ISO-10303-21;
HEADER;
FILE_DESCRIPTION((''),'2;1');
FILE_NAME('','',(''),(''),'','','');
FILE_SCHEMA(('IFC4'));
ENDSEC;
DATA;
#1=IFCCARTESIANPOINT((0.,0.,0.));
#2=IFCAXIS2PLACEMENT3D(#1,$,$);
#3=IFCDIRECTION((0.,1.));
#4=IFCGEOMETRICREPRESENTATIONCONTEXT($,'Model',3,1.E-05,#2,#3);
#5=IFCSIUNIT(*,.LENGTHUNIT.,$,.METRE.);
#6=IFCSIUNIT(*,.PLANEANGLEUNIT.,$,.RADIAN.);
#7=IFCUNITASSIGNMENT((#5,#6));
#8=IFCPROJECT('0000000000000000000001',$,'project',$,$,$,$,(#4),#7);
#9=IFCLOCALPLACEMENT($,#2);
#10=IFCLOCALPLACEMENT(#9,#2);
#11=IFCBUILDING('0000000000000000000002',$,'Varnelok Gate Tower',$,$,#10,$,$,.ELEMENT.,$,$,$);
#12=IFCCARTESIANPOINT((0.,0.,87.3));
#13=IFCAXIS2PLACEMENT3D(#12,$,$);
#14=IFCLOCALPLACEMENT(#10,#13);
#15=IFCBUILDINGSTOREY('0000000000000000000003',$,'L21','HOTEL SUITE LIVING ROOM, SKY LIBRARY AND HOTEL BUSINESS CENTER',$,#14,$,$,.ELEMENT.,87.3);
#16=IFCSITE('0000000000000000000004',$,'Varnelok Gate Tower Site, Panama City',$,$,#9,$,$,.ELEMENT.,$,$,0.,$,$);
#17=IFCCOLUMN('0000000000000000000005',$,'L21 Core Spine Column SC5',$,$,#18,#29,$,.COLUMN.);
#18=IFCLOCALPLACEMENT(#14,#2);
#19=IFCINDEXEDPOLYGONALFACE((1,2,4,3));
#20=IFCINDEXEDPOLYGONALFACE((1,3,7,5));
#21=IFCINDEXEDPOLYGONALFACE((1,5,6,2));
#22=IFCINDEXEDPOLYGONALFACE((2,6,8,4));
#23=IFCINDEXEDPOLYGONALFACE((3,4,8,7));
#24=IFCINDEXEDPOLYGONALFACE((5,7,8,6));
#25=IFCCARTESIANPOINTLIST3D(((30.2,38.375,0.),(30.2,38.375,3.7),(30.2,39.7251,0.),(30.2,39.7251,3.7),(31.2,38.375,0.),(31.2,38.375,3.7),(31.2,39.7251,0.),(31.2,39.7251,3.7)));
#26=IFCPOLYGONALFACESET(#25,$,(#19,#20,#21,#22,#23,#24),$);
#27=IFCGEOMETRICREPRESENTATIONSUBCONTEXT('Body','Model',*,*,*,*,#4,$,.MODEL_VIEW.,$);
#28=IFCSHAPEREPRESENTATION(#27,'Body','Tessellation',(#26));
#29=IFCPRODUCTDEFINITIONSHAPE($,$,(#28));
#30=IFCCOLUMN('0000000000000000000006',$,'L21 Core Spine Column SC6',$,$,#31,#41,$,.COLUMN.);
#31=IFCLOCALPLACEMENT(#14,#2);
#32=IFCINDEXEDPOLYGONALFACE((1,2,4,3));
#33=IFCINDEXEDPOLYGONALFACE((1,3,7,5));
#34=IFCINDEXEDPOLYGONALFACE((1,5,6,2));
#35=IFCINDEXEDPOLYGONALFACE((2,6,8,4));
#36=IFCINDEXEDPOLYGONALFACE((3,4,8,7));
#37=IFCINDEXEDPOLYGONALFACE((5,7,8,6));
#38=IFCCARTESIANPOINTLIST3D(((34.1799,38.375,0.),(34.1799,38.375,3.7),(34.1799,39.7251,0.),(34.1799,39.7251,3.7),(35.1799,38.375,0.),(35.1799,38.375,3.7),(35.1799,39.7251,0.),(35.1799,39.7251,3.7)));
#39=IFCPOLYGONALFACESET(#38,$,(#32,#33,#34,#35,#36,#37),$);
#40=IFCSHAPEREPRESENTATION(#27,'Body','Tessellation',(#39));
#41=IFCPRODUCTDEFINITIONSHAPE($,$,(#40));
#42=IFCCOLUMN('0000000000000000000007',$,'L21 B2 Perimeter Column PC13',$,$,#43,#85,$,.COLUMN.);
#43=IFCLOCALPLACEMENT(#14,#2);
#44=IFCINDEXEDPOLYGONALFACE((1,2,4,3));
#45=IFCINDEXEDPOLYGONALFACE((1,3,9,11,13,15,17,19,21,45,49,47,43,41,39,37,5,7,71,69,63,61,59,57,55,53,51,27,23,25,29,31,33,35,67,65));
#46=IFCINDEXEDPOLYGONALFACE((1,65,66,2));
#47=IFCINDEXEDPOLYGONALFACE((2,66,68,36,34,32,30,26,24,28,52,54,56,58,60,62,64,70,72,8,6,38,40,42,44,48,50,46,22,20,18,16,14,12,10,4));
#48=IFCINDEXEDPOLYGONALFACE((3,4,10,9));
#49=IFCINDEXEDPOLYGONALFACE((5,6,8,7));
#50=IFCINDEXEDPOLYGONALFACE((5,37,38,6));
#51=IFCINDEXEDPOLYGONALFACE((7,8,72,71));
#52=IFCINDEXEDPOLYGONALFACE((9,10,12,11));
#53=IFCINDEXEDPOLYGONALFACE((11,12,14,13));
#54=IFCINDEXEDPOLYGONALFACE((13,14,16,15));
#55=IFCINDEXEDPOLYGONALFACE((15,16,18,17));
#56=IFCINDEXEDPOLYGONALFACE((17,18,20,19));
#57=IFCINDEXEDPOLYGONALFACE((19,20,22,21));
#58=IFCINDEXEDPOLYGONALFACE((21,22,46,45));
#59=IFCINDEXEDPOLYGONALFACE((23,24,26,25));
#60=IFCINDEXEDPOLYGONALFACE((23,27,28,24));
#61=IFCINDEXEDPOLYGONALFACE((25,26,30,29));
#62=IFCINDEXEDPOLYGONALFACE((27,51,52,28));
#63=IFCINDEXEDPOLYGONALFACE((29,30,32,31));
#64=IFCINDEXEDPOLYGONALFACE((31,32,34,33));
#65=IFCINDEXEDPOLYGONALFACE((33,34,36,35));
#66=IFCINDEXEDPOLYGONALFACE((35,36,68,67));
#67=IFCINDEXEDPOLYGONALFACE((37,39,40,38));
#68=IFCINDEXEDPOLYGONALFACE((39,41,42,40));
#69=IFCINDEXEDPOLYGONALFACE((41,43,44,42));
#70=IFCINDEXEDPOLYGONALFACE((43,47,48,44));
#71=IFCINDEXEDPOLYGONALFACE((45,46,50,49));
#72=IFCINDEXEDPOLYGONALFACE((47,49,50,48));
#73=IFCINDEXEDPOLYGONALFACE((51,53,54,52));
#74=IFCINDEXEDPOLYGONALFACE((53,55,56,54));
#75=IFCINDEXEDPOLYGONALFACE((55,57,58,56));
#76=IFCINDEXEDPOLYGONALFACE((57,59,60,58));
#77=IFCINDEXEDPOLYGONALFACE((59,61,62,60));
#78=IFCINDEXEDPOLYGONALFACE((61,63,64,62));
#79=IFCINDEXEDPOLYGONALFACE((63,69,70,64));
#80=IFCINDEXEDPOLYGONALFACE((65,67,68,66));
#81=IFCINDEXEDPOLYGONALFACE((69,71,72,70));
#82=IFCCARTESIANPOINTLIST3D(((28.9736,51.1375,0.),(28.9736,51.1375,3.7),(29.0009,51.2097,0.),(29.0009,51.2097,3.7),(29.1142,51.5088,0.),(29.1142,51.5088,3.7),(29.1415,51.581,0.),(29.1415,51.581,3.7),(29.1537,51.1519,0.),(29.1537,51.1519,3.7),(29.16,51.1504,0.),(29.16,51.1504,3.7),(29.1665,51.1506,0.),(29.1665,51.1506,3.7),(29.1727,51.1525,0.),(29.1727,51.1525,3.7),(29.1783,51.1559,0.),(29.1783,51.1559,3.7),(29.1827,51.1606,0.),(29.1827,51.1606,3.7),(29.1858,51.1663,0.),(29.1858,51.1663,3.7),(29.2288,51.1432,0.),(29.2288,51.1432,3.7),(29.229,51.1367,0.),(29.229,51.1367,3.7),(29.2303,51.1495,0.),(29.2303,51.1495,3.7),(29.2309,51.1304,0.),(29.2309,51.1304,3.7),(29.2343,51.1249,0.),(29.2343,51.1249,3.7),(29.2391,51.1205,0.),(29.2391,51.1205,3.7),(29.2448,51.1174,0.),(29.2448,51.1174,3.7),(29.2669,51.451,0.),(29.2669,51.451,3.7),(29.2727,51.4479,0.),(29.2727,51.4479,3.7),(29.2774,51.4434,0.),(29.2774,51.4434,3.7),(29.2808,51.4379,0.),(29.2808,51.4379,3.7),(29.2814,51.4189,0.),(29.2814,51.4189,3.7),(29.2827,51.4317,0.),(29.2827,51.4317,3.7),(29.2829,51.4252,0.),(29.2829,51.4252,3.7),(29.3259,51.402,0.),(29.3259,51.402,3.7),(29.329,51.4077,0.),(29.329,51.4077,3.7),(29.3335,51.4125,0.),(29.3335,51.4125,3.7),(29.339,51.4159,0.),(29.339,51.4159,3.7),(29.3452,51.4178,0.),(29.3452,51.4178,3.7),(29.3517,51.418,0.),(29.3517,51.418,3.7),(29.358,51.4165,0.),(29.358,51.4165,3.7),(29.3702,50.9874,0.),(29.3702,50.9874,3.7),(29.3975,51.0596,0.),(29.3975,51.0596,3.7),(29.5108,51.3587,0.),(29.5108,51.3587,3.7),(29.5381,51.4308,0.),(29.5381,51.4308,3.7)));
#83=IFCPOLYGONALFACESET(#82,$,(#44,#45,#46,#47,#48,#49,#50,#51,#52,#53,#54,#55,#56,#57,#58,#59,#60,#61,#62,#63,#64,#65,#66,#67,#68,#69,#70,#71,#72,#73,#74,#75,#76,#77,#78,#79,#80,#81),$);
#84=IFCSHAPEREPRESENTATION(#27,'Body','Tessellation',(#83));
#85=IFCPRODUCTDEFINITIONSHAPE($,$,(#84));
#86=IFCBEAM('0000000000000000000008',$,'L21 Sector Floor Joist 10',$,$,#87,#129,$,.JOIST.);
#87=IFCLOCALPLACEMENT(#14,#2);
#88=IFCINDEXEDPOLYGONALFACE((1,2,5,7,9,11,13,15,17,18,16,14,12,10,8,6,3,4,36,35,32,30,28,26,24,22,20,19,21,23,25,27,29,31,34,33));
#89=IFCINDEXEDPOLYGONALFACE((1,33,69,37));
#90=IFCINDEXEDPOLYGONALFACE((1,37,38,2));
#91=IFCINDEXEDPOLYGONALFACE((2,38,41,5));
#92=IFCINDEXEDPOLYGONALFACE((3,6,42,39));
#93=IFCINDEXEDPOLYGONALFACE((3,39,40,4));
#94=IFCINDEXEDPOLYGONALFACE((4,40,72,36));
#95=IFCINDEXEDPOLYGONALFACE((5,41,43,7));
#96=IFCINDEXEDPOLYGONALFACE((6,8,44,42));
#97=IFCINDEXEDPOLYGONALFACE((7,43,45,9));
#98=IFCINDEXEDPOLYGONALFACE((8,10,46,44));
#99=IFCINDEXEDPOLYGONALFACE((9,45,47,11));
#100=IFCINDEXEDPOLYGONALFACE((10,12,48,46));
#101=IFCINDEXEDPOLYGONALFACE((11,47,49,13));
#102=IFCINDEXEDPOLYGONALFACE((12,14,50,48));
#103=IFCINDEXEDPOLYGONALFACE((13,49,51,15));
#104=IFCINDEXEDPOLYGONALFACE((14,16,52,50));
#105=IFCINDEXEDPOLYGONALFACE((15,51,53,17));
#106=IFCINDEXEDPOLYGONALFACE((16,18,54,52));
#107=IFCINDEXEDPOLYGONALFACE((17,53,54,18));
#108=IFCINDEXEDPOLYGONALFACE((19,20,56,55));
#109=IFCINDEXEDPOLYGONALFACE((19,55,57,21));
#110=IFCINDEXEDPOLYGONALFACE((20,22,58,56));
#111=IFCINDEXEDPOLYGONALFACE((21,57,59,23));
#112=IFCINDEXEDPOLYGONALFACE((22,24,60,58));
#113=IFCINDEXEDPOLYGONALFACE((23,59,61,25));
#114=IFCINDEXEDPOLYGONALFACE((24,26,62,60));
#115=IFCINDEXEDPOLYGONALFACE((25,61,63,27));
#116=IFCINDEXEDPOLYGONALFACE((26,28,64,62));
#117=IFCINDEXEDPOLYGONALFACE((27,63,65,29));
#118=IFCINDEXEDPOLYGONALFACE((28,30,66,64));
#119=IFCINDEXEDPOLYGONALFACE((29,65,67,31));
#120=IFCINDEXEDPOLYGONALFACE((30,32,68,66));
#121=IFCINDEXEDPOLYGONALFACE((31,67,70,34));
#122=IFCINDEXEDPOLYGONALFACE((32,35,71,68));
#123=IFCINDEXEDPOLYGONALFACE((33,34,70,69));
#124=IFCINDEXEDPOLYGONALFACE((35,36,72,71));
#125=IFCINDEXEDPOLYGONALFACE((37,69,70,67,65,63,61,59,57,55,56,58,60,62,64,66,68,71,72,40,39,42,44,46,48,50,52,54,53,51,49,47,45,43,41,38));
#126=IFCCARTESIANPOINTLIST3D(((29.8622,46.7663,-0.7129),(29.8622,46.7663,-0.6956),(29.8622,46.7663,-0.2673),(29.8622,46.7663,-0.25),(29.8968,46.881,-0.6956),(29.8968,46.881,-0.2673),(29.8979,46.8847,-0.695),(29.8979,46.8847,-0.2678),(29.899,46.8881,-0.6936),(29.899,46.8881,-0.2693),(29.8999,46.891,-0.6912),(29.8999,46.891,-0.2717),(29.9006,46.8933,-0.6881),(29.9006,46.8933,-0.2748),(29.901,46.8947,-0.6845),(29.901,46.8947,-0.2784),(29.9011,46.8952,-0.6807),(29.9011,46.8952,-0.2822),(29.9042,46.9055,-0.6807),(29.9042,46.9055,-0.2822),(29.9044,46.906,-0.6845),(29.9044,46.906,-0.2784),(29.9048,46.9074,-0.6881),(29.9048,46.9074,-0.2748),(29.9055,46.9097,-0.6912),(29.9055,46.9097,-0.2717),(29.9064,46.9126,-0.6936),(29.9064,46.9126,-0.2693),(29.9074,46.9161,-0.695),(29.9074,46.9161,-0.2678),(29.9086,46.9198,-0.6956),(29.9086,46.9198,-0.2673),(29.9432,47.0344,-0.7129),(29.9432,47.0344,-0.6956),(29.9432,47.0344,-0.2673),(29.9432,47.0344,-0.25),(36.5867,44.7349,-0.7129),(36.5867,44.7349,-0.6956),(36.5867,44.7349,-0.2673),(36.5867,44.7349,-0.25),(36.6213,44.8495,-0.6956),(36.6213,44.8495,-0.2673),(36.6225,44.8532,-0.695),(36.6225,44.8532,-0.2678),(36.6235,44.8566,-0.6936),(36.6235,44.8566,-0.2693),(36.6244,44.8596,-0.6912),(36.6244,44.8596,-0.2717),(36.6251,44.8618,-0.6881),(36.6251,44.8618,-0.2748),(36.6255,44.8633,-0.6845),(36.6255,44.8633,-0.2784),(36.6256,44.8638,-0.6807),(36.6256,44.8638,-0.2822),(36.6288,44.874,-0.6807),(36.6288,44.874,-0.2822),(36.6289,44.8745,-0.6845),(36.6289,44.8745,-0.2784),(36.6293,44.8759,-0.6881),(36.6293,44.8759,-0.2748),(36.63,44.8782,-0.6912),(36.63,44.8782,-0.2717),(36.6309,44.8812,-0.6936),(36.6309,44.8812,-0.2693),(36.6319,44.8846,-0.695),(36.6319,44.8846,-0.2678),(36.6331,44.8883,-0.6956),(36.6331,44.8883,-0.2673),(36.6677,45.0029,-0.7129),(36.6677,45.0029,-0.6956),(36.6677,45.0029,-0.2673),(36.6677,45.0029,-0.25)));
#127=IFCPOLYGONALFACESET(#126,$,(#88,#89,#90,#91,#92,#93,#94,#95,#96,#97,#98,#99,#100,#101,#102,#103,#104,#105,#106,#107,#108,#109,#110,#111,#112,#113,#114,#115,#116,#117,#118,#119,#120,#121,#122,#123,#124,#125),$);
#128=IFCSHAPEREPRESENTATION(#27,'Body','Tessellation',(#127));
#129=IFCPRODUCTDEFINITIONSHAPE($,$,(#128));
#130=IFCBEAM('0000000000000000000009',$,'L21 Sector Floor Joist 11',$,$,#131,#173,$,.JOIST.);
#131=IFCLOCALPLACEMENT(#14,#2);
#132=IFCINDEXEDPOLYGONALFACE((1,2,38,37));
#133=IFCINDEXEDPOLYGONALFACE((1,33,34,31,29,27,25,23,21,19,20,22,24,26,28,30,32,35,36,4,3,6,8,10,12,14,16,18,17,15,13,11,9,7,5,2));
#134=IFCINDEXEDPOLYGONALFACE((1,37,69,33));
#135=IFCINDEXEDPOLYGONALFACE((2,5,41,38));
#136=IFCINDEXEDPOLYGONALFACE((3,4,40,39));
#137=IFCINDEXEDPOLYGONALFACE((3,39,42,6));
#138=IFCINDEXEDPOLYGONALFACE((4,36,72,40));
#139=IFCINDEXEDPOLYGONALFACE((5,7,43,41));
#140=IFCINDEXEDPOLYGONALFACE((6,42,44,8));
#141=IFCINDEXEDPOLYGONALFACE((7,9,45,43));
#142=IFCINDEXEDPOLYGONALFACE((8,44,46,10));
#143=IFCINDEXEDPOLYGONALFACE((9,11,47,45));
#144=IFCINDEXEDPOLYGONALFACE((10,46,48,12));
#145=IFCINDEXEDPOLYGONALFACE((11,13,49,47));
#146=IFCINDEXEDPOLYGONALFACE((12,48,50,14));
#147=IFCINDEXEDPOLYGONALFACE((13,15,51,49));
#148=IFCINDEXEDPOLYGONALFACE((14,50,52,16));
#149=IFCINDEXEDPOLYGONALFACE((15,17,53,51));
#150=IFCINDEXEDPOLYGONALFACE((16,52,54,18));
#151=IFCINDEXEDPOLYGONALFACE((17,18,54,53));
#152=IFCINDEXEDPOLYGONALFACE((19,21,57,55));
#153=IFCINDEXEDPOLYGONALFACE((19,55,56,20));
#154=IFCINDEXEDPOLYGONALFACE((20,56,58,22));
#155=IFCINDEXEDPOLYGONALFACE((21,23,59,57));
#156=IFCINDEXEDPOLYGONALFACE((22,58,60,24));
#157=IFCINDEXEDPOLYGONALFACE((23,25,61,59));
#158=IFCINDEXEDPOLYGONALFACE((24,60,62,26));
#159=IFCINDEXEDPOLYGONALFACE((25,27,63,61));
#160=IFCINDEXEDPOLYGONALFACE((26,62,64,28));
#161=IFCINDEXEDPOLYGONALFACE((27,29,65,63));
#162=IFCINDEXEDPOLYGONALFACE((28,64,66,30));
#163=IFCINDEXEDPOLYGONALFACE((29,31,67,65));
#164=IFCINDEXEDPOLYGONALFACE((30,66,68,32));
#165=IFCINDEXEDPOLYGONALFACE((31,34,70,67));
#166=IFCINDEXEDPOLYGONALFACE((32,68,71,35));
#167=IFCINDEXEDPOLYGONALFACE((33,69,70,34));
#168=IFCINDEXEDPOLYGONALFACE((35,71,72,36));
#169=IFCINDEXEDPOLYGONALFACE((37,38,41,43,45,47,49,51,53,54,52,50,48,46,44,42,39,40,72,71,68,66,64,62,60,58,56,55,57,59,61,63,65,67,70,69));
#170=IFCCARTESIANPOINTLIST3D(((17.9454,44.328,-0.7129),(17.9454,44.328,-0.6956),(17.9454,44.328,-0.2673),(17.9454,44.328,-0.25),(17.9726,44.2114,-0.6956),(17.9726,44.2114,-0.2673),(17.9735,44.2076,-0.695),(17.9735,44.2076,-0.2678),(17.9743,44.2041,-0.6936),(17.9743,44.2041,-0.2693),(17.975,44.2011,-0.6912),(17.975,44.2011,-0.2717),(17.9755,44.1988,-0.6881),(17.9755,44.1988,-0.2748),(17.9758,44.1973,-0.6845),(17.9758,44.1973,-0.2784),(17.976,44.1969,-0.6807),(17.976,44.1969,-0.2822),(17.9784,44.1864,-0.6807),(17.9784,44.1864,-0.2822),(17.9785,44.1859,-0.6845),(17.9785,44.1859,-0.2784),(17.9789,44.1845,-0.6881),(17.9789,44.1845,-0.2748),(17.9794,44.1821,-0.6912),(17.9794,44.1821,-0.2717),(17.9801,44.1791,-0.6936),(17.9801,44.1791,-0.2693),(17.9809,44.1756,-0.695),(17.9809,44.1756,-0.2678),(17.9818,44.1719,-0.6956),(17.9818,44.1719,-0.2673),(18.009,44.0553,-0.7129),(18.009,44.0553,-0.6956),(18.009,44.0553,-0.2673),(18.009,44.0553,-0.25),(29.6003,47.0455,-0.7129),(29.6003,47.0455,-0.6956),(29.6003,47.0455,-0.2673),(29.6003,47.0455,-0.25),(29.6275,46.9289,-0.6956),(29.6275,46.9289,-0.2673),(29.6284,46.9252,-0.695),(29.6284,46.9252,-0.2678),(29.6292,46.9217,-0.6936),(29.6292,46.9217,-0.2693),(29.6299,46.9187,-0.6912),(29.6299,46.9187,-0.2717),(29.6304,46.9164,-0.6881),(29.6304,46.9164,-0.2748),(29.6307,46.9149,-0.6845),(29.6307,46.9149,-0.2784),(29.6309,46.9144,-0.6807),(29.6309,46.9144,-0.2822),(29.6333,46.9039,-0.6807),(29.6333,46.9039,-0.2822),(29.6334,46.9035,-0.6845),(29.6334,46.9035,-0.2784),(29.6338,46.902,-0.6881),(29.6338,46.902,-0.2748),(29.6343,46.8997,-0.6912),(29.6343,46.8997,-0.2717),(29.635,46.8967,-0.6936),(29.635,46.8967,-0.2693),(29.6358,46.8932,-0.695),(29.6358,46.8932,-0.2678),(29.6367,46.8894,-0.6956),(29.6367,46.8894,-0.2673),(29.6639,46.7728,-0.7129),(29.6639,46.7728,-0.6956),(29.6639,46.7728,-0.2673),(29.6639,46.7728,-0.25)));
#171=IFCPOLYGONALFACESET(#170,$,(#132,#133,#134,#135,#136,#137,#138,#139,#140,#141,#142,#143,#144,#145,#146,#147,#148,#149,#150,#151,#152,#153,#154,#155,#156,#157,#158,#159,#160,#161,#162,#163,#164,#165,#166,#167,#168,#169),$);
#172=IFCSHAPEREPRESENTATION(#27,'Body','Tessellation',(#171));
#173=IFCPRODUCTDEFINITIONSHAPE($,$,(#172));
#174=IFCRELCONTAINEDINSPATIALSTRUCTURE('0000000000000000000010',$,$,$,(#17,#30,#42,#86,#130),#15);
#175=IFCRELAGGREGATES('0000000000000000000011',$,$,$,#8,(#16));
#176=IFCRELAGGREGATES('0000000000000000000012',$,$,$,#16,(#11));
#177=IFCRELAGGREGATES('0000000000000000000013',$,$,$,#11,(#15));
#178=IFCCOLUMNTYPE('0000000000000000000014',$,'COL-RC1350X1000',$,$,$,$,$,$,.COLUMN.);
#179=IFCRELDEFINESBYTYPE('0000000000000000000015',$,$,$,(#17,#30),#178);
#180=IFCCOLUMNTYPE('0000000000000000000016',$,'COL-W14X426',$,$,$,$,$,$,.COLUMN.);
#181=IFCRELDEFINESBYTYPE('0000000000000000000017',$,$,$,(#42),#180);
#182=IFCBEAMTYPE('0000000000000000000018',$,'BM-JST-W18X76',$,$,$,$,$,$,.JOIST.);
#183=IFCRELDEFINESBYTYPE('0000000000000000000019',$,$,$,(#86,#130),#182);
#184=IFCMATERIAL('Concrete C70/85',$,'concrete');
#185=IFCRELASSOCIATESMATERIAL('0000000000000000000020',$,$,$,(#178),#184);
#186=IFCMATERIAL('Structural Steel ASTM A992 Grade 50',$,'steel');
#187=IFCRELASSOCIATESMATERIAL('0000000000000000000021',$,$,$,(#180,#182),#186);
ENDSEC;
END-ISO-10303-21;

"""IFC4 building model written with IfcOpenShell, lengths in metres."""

from ifc_helpers import new_model, si_unit, direction, frame, origin, origin_2d, place, context, subcontext, project, spatial, rectangle, i_section, extrude, material, material_profile, profile_set, type_object, element, save


model = new_model("IFC4")

# Units and contexts
model_context = context("Model", 3, precision=1e-05, world=origin(), true_north=direction((0.0, 1.0)))
body_context = subcontext(model_context, "Body", "Model", "MODEL_VIEW")
ifc_project = project(units=[si_unit("LENGTHUNIT", "METRE"), si_unit("PLANEANGLEUNIT", "RADIAN")], contexts=[model_context])

# Site, building, storey
site_placement = place(None, origin())
site = spatial("IfcSite", under=ifc_project, at=site_placement, Name="Varnelok Gate Tower Site, Panama City", CompositionType="ELEMENT", RefElevation=0.0)
building_placement = place(site_placement, origin())
building = spatial("IfcBuilding", under=site, at=building_placement, Name="Varnelok Gate Tower", CompositionType="ELEMENT")
storey_placement = place(building_placement, frame((0.0, 0.0, 87.3)))
storey = spatial("IfcBuildingStorey", under=building, at=storey_placement, Name="L21", Description="HOTEL SUITE LIVING ROOM, SKY LIBRARY AND HOTEL BUSINESS CENTER", CompositionType="ELEMENT", Elevation=87.3)

# Columns
ifc_material_1 = material(Name="Concrete C70/85", Category="concrete")
ifc_material_profile_1 = material_profile(ifc_material_1, rectangle(XDim=1.0, YDim=1.3501, at=origin_2d()), Name="RC1350X1000")
ifc_profile_set_1 = profile_set([ifc_material_profile_1], Name="Concrete C70/85")
column_type_1 = type_object("IfcColumnType", Name="COL-RC1350X1000", PredefinedType="COLUMN", material=ifc_profile_set_1)
for number, where, z_axis, x_axis, name in (
    (1, (30.7, 39.05, 0.0), (0.0, 0.0, 1.0), (1.0, 0.0, 0.0), "L21 Core Spine Column SC5"),
    (2, (34.6799, 39.05, 0.0), (0.0, 0.0, 1.0), (1.0, 0.0, 0.0), "L21 Core Spine Column SC6"),
):
    element("IfcColumn", number, at=place(storey_placement, frame(where, z_axis=z_axis, x_axis=x_axis)), inside=storey, type_object=column_type_1, Name=name, PredefinedType="COLUMN", context=body_context, shape_type="SweptSolid", body=[
        extrude(rectangle(XDim=1.0, YDim=1.3501, at=origin_2d()), origin(), (0.0, 0.0, 1.0), 3.7),
    ])
ifc_material_2 = material(Name="Structural Steel ASTM A992 Grade 50", Category="steel")
ifc_material_profile_2 = material_profile(ifc_material_2, i_section(OverallWidth=0.4241, OverallDepth=0.4741, WebThickness=0.0476, FlangeThickness=0.0771, FilletRadius=0.0249, at=origin_2d()), Name="W14X426")
ifc_profile_set_2 = profile_set([ifc_material_profile_2], Name="Structural Steel ASTM A992 Grade 50")
column_type_2 = type_object("IfcColumnType", Name="COL-W14X426", PredefinedType="COLUMN", material=ifc_profile_set_2)
column_placement = place(storey_placement, frame((29.2559, 51.2842, 0.0), z_axis=(0.0, 0.0, 1.0), x_axis=(0.935222, -0.354063, 0.0)))
element("IfcColumn", 3, at=column_placement, inside=storey, type_object=column_type_2, Name="L21 B2 Perimeter Column PC13", PredefinedType="COLUMN", context=body_context, shape_type="SweptSolid", body=[
    extrude(i_section(OverallWidth=0.4241, OverallDepth=0.4741, WebThickness=0.0476, FlangeThickness=0.0771, FilletRadius=0.0249, at=origin_2d()), origin(), (0.0, 0.0, 1.0), 3.7),
])

# Beams
ifc_material_profile_3 = material_profile(ifc_material_2, i_section(OverallWidth=0.28, OverallDepth=0.4629, WebThickness=0.0107, FlangeThickness=0.0173, FilletRadius=0.0149, at=origin_2d()), Name="W18X76")
ifc_profile_set_3 = profile_set([ifc_material_profile_3], Name="Structural Steel ASTM A992 Grade 50")
beam_type_1 = type_object("IfcBeamType", Name="BM-JST-W18X76", PredefinedType="JOIST", material=ifc_profile_set_3)
beam_1_placement = place(storey_placement, frame((36.6272, 44.8689, -0.4814), z_axis=(-0.957272, 0.28919, 0.0), x_axis=(-0.28919, -0.957272, 0.0)))
element("IfcBeam", 4, at=beam_1_placement, inside=storey, type_object=beam_type_1, Name="L21 Sector Floor Joist 10", PredefinedType="JOIST", context=body_context, shape_type="SweptSolid", body=[
    extrude(i_section(OverallWidth=0.28, OverallDepth=0.4629, WebThickness=0.0107, FlangeThickness=0.0173, FilletRadius=0.0149, at=origin_2d()), origin(), (0.0, 0.0, 1.0), 7.0247),
])
beam_2_placement = place(storey_placement, frame((29.6321, 46.9092, -0.4814), z_axis=(-0.973877, -0.227077, 0.0), x_axis=(0.227077, -0.973877, 0.0)))
element("IfcBeam", 5, at=beam_2_placement, inside=storey, type_object=beam_type_1, Name="L21 Sector Floor Joist 11", PredefinedType="JOIST", context=body_context, shape_type="SweptSolid", body=[
    extrude(i_section(OverallWidth=0.28, OverallDepth=0.4629, WebThickness=0.0107, FlangeThickness=0.0173, FilletRadius=0.0149, at=origin_2d()), origin(), (0.0, 0.0, 1.0), 11.9675),
])

save(model, "model.ifc")
